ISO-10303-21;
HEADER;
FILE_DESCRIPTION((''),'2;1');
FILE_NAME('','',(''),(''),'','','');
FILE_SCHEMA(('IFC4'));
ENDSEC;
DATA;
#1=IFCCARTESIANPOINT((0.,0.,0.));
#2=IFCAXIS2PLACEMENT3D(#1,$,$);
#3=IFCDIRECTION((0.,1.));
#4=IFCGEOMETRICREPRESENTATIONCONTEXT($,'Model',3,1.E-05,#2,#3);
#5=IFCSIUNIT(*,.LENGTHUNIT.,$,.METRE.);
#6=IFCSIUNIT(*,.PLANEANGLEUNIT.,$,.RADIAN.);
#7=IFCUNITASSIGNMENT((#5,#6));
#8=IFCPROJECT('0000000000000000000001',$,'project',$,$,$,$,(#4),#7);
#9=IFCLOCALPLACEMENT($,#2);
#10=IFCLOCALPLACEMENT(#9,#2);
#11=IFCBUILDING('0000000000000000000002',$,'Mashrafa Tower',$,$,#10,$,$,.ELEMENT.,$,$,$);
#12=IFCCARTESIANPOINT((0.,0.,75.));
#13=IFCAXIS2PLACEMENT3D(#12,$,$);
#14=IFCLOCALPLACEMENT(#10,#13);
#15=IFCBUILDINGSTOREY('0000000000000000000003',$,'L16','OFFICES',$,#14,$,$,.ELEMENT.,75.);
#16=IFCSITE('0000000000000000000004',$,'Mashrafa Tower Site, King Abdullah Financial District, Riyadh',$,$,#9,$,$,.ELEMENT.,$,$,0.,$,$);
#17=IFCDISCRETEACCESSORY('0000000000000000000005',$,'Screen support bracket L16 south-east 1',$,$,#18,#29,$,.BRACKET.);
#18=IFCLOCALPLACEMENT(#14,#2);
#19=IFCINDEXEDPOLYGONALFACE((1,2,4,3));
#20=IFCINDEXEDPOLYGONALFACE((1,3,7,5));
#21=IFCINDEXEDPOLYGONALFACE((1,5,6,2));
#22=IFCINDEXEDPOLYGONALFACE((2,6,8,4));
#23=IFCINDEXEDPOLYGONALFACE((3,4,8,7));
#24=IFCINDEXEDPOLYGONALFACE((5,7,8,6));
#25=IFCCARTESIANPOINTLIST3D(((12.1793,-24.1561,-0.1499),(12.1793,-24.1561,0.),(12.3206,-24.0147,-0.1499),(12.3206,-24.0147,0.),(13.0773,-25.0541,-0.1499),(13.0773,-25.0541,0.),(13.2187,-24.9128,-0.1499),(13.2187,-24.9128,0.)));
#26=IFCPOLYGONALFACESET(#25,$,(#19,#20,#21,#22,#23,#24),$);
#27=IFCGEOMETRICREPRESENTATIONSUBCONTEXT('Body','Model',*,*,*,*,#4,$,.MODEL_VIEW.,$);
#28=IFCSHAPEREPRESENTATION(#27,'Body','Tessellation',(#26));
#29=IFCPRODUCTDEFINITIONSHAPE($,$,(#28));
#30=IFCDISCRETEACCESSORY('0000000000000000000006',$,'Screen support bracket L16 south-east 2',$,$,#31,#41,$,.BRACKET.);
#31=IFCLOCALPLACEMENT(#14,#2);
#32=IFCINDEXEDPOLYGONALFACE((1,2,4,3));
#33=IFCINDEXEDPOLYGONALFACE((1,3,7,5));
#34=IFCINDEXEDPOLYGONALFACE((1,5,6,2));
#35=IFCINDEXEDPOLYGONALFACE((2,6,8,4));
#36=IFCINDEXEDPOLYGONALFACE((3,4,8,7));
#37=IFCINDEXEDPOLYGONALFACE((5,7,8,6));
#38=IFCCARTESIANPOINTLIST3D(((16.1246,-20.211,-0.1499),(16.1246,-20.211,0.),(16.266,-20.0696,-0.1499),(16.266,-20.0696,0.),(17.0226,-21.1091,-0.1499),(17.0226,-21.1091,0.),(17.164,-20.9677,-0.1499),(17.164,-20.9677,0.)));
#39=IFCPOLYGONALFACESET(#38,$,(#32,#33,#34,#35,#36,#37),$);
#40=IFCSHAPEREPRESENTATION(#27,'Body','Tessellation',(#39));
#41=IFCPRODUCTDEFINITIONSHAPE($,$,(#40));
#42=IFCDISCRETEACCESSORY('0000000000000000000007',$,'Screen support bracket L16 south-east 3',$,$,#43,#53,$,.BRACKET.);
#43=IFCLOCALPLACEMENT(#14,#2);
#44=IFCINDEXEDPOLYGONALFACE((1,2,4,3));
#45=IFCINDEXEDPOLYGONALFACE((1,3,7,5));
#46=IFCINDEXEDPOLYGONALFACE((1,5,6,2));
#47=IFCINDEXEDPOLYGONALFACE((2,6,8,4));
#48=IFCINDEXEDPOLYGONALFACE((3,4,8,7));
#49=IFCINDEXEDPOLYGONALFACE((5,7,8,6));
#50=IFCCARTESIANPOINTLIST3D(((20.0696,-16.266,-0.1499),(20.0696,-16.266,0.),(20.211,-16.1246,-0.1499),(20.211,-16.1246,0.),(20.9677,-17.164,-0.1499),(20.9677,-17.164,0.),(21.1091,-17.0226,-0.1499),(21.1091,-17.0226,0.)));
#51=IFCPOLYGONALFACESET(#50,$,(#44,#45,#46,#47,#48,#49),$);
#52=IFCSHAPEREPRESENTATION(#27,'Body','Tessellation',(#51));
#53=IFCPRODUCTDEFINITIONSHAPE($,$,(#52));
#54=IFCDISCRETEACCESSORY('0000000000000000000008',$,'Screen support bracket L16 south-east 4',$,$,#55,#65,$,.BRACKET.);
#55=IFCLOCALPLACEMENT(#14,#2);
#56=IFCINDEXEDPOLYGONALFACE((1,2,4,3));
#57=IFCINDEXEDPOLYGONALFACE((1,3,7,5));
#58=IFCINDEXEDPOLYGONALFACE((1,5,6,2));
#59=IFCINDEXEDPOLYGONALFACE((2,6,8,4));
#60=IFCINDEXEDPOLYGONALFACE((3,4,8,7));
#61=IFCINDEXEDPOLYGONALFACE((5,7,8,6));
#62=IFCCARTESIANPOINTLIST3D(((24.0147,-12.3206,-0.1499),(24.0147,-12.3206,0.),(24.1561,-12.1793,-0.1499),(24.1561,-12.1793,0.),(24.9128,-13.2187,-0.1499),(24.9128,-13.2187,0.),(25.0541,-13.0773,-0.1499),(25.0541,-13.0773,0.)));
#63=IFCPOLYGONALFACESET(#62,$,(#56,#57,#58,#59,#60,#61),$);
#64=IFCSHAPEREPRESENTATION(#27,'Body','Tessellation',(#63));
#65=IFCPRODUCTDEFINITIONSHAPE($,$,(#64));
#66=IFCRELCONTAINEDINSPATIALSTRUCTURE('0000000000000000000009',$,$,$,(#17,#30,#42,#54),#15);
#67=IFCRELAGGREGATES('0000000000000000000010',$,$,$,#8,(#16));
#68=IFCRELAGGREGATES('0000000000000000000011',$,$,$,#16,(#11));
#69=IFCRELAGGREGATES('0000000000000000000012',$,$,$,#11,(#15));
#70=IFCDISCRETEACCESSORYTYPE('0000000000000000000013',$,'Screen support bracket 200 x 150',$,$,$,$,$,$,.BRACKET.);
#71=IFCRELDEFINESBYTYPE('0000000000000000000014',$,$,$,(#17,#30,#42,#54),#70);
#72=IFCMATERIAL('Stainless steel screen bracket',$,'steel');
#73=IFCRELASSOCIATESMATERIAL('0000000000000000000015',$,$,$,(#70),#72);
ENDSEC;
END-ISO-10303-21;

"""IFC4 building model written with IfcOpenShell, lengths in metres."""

from ifc_helpers import new_model, si_unit, direction, frame, origin, origin_2d, place, context, subcontext, project, spatial, rectangle, extrude, source, transform, mapped, material, type_object, type_shapes, element, save


model = new_model("IFC4")

# Units and contexts
model_context = context("Model", 3, precision=1e-05, world=origin(), true_north=direction((0.0, 1.0)))
body_context = subcontext(model_context, "Body", "Model", "MODEL_VIEW")
ifc_project = project(units=[si_unit("LENGTHUNIT", "METRE"), si_unit("PLANEANGLEUNIT", "RADIAN")], contexts=[model_context])

# Site, building, storey
site_placement = place(None, origin())
site = spatial("IfcSite", under=ifc_project, at=site_placement, Name="Mashrafa Tower Site, King Abdullah Financial District, Riyadh", CompositionType="ELEMENT", RefElevation=0.0)
building_placement = place(site_placement, origin())
building = spatial("IfcBuilding", under=site, at=building_placement, Name="Mashrafa Tower", CompositionType="ELEMENT")
storey_placement = place(building_placement, frame((0.0, 0.0, 75.0)))
storey = spatial("IfcBuildingStorey", under=building, at=storey_placement, Name="L16", Description="OFFICES", CompositionType="ELEMENT", Elevation=75.0)

# Discrete accessories
ifc_material_1 = material(Name="Stainless steel screen bracket", Category="steel")
discrete_accessory_type = type_object("IfcDiscreteAccessoryType", Name="Screen support bracket 200 x 150", PredefinedType="BRACKET", material=ifc_material_1)
shared_shape_1 = source(origin(), body_context, "Body", "SweptSolid", [
    extrude(rectangle(XDim=0.2, YDim=1.27, at=origin_2d()), origin(), (0.0, 0.0, 1.0), 0.1499),
])
type_shapes(discrete_accessory_type, [shared_shape_1])
for number, where, z_axis, x_axis, name in (
    (1, (12.699, -24.5344, -0.1499), (0.0, 0.0, 1.0), (0.707107, 0.707107, 0.0), "Screen support bracket L16 south-east 1"),
    (2, (16.6443, -20.5894, -0.1499), (0.0, 0.0, 1.0), (0.707107, 0.707107, 0.0), "Screen support bracket L16 south-east 2"),
    (3, (20.5894, -16.6443, -0.1499), (0.0, 0.0, 1.0), (0.707107, 0.707107, 0.0), "Screen support bracket L16 south-east 3"),
    (4, (24.5344, -12.699, -0.1499), (0.0, 0.0, 1.0), (0.707107, 0.707107, 0.0), "Screen support bracket L16 south-east 4"),
):
    element("IfcDiscreteAccessory", number, at=place(storey_placement, frame(where, z_axis=z_axis, x_axis=x_axis)), inside=storey, type_object=discrete_accessory_type, Name=name, PredefinedType="BRACKET", context=body_context, shape_type="MappedRepresentation", body=[
        mapped(shared_shape_1, transform((0.0, 0.0, 0.0))),
    ])

save(model, "model.ifc")
